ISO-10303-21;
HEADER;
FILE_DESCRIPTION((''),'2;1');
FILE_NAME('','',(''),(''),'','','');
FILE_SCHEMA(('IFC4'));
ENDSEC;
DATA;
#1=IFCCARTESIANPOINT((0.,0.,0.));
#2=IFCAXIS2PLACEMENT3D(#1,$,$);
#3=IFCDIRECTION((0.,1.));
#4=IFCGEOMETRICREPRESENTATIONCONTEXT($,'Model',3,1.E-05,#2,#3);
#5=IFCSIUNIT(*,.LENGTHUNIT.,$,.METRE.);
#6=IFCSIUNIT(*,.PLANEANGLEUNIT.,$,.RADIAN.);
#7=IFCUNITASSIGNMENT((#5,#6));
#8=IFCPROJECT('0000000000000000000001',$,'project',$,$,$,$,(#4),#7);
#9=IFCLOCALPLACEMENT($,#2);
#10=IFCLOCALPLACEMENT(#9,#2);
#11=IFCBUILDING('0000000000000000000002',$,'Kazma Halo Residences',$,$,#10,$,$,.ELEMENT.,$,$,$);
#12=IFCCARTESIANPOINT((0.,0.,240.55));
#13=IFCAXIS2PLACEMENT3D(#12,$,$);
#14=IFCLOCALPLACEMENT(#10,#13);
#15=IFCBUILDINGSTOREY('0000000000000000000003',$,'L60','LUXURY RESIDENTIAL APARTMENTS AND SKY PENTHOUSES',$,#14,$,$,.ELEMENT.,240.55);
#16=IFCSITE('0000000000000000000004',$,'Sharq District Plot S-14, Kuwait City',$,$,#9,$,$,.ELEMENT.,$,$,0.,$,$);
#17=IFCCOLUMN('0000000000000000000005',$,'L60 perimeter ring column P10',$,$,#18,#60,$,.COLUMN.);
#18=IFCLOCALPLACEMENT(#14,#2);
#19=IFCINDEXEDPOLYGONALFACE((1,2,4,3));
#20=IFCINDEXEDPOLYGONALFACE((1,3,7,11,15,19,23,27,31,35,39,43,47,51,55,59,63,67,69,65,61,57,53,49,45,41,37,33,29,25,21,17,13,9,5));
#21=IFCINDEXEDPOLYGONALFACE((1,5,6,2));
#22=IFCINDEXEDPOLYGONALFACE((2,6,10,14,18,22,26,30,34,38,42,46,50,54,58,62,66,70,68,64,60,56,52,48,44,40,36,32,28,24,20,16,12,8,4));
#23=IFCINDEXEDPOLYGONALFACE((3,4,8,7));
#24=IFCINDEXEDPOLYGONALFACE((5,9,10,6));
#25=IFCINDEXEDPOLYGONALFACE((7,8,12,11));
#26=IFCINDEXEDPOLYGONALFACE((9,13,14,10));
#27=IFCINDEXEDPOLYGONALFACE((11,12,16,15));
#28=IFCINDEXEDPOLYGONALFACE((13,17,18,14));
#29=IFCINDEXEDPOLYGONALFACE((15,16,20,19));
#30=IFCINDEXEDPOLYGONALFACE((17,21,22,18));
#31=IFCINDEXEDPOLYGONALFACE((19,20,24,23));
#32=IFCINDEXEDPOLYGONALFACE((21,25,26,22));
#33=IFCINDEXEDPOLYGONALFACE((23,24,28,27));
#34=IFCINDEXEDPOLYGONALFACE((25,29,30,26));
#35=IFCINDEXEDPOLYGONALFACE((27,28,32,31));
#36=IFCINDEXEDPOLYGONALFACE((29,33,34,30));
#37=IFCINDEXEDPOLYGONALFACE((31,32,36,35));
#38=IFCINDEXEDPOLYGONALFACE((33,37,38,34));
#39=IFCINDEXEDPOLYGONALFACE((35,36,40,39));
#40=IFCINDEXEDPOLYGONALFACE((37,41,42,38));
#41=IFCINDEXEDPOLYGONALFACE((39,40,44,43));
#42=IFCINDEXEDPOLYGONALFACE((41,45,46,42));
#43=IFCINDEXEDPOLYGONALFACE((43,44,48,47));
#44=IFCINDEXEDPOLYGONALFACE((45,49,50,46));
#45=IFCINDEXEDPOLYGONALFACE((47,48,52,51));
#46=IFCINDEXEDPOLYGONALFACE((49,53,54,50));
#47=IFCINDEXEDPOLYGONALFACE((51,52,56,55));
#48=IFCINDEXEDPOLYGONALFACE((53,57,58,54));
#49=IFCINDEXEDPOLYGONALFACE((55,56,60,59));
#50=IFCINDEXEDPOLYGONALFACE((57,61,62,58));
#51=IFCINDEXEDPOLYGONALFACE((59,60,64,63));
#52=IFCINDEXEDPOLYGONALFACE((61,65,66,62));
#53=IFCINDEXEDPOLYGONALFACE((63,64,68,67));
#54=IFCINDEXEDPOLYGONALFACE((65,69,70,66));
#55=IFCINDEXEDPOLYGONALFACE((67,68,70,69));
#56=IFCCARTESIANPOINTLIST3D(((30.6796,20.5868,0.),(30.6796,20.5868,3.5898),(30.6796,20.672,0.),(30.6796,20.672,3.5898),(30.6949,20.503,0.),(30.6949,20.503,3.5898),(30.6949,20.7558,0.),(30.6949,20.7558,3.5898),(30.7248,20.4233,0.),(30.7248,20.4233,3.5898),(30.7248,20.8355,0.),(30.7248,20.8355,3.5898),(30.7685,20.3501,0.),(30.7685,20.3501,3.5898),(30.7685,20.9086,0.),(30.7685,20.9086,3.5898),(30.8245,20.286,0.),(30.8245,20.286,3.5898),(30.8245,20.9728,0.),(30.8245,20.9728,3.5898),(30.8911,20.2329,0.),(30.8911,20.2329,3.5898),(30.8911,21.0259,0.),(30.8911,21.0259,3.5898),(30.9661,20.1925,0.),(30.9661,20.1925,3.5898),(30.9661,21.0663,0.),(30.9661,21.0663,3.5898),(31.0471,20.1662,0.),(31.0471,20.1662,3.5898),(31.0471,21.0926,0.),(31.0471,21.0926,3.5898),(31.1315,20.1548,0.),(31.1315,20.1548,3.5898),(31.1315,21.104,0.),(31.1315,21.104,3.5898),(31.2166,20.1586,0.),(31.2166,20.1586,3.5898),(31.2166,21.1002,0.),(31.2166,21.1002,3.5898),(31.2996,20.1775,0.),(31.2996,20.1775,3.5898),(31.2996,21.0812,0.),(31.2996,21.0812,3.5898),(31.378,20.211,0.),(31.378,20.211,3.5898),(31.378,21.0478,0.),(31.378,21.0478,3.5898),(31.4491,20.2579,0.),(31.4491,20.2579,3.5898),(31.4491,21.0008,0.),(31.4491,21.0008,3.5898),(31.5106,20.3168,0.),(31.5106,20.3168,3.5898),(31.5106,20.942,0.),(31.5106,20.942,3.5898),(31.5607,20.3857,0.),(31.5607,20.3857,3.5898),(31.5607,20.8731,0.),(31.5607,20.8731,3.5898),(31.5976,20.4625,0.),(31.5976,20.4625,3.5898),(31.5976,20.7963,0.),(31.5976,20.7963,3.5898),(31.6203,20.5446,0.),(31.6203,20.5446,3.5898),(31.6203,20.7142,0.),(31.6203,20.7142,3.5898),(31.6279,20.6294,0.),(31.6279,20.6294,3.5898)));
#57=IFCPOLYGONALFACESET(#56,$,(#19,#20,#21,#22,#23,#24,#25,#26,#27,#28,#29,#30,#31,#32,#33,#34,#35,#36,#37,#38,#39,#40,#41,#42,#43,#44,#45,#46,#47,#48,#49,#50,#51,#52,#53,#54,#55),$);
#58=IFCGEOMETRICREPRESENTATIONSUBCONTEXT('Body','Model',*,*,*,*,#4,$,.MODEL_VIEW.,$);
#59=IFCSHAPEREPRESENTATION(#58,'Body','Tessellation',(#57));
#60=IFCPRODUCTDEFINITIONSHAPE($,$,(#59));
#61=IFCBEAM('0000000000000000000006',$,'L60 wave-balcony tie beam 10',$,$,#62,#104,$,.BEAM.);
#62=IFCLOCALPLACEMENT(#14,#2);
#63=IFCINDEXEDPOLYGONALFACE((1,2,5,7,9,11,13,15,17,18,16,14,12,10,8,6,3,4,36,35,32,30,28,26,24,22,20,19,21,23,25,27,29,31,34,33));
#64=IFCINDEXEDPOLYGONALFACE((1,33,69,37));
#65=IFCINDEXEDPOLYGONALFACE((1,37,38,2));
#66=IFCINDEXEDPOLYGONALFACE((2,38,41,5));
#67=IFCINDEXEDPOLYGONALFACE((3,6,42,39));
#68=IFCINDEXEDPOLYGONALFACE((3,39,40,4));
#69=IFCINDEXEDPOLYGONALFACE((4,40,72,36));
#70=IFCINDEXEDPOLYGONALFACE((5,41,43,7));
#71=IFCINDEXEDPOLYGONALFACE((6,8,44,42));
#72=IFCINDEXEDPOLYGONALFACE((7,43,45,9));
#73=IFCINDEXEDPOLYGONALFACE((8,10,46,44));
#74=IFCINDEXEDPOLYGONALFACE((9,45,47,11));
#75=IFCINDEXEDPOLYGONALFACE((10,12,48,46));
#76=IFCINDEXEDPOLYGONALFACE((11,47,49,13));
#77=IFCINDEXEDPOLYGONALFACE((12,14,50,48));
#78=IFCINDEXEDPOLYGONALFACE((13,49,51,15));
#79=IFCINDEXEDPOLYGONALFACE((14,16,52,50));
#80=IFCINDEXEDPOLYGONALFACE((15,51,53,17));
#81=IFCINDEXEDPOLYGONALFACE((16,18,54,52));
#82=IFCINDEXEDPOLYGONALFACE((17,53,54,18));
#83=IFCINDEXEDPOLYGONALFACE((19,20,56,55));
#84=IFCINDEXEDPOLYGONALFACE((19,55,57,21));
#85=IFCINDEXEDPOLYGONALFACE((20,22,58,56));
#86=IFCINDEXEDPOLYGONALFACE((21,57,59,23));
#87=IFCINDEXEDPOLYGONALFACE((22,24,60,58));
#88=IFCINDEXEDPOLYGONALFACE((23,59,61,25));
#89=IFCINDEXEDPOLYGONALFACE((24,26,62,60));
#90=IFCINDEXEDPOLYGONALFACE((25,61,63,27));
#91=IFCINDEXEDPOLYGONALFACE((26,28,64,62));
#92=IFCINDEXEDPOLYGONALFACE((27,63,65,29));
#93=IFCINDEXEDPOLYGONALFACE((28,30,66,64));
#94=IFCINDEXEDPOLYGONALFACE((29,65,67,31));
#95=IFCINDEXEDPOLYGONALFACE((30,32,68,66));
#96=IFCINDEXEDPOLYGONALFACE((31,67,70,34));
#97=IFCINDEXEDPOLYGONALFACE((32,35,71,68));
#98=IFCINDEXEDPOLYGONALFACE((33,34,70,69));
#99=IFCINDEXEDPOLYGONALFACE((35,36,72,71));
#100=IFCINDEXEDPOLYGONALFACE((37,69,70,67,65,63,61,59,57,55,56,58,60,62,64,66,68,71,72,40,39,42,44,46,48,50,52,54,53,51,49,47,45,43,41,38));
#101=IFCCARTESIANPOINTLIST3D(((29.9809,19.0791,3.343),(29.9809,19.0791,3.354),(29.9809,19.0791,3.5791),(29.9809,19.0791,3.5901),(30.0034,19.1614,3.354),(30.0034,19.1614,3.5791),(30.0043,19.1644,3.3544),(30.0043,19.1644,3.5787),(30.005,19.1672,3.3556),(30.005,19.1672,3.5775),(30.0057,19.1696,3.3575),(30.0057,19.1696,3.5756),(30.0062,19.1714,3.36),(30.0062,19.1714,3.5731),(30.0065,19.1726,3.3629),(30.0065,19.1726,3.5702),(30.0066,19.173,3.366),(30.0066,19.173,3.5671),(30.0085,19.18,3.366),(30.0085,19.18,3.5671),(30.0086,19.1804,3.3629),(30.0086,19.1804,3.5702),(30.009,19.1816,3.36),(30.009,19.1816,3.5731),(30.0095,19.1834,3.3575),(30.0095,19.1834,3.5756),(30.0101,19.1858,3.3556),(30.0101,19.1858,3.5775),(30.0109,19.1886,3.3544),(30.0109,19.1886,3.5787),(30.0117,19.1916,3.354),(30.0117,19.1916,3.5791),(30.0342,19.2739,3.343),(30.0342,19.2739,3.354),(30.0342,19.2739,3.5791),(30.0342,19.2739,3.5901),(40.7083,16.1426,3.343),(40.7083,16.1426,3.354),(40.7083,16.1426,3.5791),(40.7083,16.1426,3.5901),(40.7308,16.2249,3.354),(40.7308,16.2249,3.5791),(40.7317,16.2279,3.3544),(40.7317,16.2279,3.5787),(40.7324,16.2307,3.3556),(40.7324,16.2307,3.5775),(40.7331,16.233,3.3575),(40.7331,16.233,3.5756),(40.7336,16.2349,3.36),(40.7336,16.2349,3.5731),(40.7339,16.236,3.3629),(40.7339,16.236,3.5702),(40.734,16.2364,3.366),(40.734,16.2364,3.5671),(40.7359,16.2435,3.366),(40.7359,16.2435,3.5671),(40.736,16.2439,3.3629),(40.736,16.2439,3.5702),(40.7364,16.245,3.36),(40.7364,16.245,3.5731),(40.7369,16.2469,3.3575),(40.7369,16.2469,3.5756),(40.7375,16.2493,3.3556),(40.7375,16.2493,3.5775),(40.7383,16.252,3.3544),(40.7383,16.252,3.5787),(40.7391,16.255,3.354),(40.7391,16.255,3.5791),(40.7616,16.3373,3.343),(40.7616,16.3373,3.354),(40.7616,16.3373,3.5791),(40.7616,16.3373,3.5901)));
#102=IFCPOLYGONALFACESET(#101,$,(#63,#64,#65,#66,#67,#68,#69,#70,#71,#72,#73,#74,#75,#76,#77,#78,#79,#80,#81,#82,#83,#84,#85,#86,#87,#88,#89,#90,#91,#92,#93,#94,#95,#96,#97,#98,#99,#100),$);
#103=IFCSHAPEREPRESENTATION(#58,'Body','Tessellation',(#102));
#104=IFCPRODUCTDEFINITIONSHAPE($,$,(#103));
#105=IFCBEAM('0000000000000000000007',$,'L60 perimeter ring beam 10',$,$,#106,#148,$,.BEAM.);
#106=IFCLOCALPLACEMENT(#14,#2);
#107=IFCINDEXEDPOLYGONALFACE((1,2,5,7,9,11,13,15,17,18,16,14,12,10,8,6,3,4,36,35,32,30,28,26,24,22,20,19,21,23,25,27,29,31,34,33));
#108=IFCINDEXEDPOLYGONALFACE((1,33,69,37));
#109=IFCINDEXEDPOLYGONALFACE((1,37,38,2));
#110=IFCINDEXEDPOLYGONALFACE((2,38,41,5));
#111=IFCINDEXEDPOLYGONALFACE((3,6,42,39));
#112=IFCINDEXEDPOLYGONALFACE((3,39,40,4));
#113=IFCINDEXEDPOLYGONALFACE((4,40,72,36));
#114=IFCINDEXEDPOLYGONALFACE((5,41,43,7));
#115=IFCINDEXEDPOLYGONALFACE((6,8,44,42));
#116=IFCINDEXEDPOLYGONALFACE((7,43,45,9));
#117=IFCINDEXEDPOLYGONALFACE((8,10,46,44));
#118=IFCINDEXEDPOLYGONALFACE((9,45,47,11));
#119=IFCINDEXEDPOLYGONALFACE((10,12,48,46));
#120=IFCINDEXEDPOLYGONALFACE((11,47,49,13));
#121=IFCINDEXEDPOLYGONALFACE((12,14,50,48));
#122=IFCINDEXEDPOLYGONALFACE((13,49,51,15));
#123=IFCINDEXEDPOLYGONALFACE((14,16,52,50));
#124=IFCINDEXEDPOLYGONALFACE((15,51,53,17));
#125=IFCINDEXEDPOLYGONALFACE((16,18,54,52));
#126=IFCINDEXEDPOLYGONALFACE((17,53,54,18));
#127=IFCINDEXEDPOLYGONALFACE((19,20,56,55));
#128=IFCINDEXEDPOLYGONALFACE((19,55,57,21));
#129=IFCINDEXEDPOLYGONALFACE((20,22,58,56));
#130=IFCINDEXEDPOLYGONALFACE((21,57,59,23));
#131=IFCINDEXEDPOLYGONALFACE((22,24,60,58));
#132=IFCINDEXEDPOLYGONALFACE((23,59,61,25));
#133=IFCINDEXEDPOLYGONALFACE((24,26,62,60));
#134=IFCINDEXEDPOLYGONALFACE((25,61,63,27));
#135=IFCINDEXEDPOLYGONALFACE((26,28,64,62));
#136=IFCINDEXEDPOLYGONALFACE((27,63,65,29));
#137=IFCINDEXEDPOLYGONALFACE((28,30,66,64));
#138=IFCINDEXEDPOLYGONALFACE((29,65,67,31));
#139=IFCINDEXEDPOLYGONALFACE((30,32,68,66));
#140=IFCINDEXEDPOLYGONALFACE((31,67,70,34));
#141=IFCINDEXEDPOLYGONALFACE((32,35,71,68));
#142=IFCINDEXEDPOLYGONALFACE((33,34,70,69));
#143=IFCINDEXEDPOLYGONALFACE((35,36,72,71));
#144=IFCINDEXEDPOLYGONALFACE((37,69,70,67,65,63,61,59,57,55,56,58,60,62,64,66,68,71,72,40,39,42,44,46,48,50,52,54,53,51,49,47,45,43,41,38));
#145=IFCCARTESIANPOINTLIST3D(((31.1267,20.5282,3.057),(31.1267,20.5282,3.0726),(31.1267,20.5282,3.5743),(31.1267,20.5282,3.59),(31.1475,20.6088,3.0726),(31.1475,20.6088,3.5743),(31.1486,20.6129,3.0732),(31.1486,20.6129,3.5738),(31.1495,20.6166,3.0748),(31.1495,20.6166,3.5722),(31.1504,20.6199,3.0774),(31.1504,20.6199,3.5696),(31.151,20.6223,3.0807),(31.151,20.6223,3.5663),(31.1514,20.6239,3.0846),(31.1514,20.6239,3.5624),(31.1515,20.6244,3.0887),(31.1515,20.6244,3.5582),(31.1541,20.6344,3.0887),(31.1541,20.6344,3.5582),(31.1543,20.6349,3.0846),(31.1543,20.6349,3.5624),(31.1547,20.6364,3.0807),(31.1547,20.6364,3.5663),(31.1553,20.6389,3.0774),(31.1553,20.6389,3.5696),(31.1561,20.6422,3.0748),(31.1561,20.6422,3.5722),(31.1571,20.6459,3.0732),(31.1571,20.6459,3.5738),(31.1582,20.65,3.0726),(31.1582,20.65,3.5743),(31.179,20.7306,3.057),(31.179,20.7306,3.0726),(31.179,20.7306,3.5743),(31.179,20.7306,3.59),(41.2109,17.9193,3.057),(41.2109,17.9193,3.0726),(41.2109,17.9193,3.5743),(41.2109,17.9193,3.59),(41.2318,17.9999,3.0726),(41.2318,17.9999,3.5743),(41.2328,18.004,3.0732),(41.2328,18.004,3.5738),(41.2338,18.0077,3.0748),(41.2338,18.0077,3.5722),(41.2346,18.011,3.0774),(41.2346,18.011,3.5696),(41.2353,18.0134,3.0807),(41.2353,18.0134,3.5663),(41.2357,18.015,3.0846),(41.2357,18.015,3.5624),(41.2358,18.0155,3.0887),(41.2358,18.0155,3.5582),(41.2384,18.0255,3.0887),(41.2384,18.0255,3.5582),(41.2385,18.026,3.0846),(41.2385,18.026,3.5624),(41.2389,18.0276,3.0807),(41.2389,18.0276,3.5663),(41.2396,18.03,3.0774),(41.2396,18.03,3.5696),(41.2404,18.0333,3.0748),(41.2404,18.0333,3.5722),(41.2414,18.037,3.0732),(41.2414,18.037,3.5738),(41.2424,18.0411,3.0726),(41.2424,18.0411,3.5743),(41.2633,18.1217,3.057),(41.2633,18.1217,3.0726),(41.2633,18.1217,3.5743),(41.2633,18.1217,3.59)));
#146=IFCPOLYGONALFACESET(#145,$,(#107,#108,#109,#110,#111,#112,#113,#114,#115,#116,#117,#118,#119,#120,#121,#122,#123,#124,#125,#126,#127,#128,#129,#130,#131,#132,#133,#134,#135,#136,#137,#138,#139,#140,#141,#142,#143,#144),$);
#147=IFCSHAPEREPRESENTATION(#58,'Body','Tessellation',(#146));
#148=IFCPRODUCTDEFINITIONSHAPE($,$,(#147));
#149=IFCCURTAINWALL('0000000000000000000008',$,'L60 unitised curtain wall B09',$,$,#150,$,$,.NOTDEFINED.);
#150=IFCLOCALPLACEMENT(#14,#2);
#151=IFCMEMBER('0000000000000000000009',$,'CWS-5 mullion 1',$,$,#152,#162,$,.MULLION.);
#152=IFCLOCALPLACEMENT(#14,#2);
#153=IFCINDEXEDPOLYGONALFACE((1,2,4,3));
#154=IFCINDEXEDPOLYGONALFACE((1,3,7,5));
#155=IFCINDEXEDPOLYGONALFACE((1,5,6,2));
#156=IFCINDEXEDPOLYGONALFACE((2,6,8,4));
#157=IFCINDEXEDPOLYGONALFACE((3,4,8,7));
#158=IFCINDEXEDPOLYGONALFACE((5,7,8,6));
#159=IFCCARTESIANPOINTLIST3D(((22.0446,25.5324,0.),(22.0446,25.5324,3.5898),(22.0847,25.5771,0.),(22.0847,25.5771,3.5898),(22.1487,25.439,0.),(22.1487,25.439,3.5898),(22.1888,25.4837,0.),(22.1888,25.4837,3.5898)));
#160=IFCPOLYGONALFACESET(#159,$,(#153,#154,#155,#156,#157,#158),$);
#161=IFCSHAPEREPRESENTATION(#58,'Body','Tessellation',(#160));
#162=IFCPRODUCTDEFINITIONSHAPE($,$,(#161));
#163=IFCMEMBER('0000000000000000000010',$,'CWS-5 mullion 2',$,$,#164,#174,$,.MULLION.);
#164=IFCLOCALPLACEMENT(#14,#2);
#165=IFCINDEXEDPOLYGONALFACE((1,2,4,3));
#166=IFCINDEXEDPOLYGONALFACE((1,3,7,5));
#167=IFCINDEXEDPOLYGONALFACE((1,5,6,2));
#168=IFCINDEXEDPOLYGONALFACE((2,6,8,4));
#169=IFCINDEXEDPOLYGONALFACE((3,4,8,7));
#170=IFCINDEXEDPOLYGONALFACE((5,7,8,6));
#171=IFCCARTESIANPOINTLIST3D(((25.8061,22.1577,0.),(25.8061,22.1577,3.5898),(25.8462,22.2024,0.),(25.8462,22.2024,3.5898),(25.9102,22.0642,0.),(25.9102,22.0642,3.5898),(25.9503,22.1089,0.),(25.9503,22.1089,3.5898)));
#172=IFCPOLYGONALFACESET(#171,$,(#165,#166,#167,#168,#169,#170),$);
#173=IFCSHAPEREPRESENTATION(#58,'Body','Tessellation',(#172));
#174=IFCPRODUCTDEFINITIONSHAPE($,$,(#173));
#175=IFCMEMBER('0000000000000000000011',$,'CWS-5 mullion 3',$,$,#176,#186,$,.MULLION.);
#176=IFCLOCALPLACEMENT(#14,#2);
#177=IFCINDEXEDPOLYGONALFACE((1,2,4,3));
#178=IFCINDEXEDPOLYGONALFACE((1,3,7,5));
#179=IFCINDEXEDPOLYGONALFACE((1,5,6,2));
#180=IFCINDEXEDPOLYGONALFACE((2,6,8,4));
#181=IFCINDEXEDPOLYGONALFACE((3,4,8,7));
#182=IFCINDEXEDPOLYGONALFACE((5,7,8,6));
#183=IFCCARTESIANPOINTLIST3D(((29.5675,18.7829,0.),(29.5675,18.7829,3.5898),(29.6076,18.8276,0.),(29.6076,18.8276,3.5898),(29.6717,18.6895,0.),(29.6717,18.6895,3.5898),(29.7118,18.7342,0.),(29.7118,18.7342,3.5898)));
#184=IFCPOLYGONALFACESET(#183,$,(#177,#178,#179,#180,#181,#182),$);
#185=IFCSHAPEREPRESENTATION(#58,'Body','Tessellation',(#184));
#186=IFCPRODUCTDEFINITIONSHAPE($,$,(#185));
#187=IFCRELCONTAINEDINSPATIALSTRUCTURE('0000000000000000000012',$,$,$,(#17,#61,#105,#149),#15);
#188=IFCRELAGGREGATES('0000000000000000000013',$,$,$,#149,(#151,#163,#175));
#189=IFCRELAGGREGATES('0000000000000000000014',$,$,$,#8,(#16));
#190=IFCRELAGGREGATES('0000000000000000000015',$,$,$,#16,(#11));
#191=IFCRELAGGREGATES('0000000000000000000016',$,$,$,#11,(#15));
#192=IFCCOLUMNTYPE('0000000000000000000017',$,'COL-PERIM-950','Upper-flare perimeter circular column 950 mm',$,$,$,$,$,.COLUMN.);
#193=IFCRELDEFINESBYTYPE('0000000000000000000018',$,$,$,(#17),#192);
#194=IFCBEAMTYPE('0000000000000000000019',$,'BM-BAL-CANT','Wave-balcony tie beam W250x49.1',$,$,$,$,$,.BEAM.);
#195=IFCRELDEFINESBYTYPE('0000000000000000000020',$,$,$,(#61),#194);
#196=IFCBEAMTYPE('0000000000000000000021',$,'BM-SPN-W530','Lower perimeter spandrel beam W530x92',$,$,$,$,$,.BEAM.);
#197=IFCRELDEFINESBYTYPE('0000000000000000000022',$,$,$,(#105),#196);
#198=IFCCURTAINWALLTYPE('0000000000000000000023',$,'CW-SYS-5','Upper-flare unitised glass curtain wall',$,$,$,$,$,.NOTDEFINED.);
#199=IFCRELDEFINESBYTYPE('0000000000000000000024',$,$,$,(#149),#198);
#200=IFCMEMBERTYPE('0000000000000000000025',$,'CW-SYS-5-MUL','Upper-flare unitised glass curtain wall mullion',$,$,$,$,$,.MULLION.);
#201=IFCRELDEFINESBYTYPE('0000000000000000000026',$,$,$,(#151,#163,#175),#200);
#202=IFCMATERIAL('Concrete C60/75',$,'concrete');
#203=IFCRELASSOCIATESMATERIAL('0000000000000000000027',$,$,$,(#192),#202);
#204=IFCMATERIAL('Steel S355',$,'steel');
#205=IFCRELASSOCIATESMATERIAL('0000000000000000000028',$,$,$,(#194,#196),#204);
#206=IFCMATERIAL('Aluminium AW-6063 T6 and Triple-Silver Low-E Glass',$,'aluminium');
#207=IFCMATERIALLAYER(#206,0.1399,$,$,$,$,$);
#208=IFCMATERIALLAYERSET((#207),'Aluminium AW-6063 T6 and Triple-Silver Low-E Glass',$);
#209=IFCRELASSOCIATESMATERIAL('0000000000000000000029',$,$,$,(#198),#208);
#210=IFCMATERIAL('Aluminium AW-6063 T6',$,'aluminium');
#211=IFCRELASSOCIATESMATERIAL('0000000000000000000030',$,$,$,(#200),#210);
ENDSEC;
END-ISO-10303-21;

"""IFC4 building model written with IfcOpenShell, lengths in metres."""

from ifc_helpers import new_model, si_unit, direction, frame, origin, origin_2d, place, context, subcontext, project, spatial, rectangle, circle, i_section, extrude, material, layer, layer_set, material_profile, profile_set, type_object, element, aggregate, save


model = new_model("IFC4")

# Units and contexts
model_context = context("Model", 3, precision=1e-05, world=origin(), true_north=direction((0.0, 1.0)))
body_context = subcontext(model_context, "Body", "Model", "MODEL_VIEW")
ifc_project = project(units=[si_unit("LENGTHUNIT", "METRE"), si_unit("PLANEANGLEUNIT", "RADIAN")], contexts=[model_context])

# Site, building, storey
site_placement = place(None, origin())
site = spatial("IfcSite", under=ifc_project, at=site_placement, Name="Sharq District Plot S-14, Kuwait City", CompositionType="ELEMENT", RefElevation=0.0)
building_placement = place(site_placement, origin())
building = spatial("IfcBuilding", under=site, at=building_placement, Name="Kazma Halo Residences", CompositionType="ELEMENT")
storey_placement = place(building_placement, frame((0.0, 0.0, 240.55)))
storey = spatial("IfcBuildingStorey", under=building, at=storey_placement, Name="L60", Description="LUXURY RESIDENTIAL APARTMENTS AND SKY PENTHOUSES", CompositionType="ELEMENT", Elevation=240.55)

# Column
ifc_material_1 = material(Name="Concrete C60/75", Category="concrete")
ifc_material_profile_1 = material_profile(ifc_material_1, circle(Radius=0.4751, at=origin_2d()), Name="CIRC950")
ifc_profile_set_1 = profile_set([ifc_material_profile_1], Name="Concrete C60/75")
column_type = type_object("IfcColumnType", Name="COL-PERIM-950", Description="Upper-flare perimeter circular column 950 mm", PredefinedType="COLUMN", material=ifc_profile_set_1)
column_placement = place(storey_placement, frame((31.1528, 20.6294, 0.0), z_axis=(0.0, 0.0, 1.0), x_axis=(1.0, 0.0, 0.0)))
element("IfcColumn", 1, at=column_placement, inside=storey, type_object=column_type, Name="L60 perimeter ring column P10", PredefinedType="COLUMN", context=body_context, shape_type="SweptSolid", body=[
    extrude(circle(Radius=0.4751, at=origin_2d()), origin(), (0.0, 0.0, 1.0), 3.5898),
])

# Beams
ifc_material_2 = material(Name="Steel S355", Category="steel")
ifc_material_profile_2 = material_profile(ifc_material_2, i_section(OverallWidth=0.2019, OverallDepth=0.2471, WebThickness=0.0073, FlangeThickness=0.011, FilletRadius=0.012, at=origin_2d()), Name="W250x49.1")
ifc_profile_set_2 = profile_set([ifc_material_profile_2], Name="Steel S355")
beam_type_1 = type_object("IfcBeamType", Name="BM-BAL-CANT", Description="Wave-balcony tie beam W250x49.1", PredefinedType="BEAM", material=ifc_profile_set_2)
beam_1_placement = place(storey_placement, frame((30.0076, 19.1765, 3.4666), z_axis=(0.964515, -0.264029, 0.0), x_axis=(0.264029, 0.964515, 0.0)))
element("IfcBeam", 2, at=beam_1_placement, inside=storey, type_object=beam_type_1, Name="L60 wave-balcony tie beam 10", PredefinedType="BEAM", context=body_context, shape_type="SweptSolid", body=[
    extrude(i_section(OverallWidth=0.2019, OverallDepth=0.2471, WebThickness=0.0073, FlangeThickness=0.011, FilletRadius=0.012, at=origin_2d()), origin(), (0.0, 0.0, 1.0), 11.1221),
])
ifc_material_profile_3 = material_profile(ifc_material_2, i_section(OverallWidth=0.209, OverallDepth=0.533, WebThickness=0.0103, FlangeThickness=0.0156, FilletRadius=0.0161, at=origin_2d()), Name="W530x92")
ifc_profile_set_3 = profile_set([ifc_material_profile_3], Name="Steel S355")
beam_type_2 = type_object("IfcBeamType", Name="BM-SPN-W530", Description="Lower perimeter spandrel beam W530x92", PredefinedType="BEAM", material=ifc_profile_set_3)
beam_2_placement = place(storey_placement, frame((31.1528, 20.6294, 3.3235), z_axis=(0.968126, -0.250464, 0.0), x_axis=(0.250464, 0.968126, 0.0)))
element("IfcBeam", 3, at=beam_2_placement, inside=storey, type_object=beam_type_2, Name="L60 perimeter ring beam 10", PredefinedType="BEAM", context=body_context, shape_type="SweptSolid", body=[
    extrude(i_section(OverallWidth=0.209, OverallDepth=0.533, WebThickness=0.0103, FlangeThickness=0.0156, FilletRadius=0.0161, at=origin_2d()), origin(), (0.0, 0.0, 1.0), 10.4163),
])

# Curtain wall, members
ifc_material_3 = material(Name="Aluminium AW-6063 T6 and Triple-Silver Low-E Glass", Category="aluminium")
ifc_layer_1 = layer(ifc_material_3, 0.1399)
ifc_layer_set_1 = layer_set([ifc_layer_1], Name="Aluminium AW-6063 T6 and Triple-Silver Low-E Glass")
curtain_wall_type = type_object("IfcCurtainWallType", Name="CW-SYS-5", Description="Upper-flare unitised glass curtain wall", PredefinedType="NOTDEFINED", material=ifc_layer_set_1)
curtain_wall_placement = place(storey_placement, origin())
curtain_wall = element("IfcCurtainWall", 4, at=curtain_wall_placement, inside=storey, type_object=curtain_wall_type, Name="L60 unitised curtain wall B09", PredefinedType="NOTDEFINED")
ifc_material_4 = material(Name="Aluminium AW-6063 T6", Category="aluminium")
ifc_material_profile_4 = material_profile(ifc_material_4, rectangle(XDim=0.0601, YDim=0.1399, at=origin_2d()), Name="CWM-60x140")
ifc_profile_set_4 = profile_set([ifc_material_profile_4], Name="Aluminium AW-6063 T6")
member_type_1 = type_object("IfcMemberType", Name="CW-SYS-5-MUL", Description="Upper-flare unitised glass curtain wall mullion", PredefinedType="MULLION", material=ifc_profile_set_4)
member_1_placement = place(storey_placement, frame((22.1167, 25.5081, 0.0), z_axis=(0.0, 0.0, 1.0), x_axis=(0.667805, 0.744336, 0.0)))
member_1 = element("IfcMember", 5, at=member_1_placement, type_object=member_type_1, Name="CWS-5 mullion 1", PredefinedType="MULLION", context=body_context, shape_type="SweptSolid", body=[
    extrude(rectangle(XDim=0.0601, YDim=0.1399, at=origin_2d()), origin(), (0.0, 0.0, 1.0), 3.5898),
])
member_2_placement = place(storey_placement, frame((25.8782, 22.1333, 0.0), z_axis=(0.0, 0.0, 1.0), x_axis=(0.667805, 0.744336, 0.0)))
member_2 = element("IfcMember", 6, at=member_2_placement, type_object=member_type_1, Name="CWS-5 mullion 2", PredefinedType="MULLION", context=body_context, shape_type="SweptSolid", body=[
    extrude(rectangle(XDim=0.0601, YDim=0.1399, at=origin_2d()), origin(), (0.0, 0.0, 1.0), 3.5898),
])
member_3_placement = place(storey_placement, frame((29.6396, 18.7585, 0.0), z_axis=(0.0, 0.0, 1.0), x_axis=(0.667805, 0.744336, 0.0)))
member_3 = element("IfcMember", 7, at=member_3_placement, type_object=member_type_1, Name="CWS-5 mullion 3", PredefinedType="MULLION", context=body_context, shape_type="SweptSolid", body=[
    extrude(rectangle(XDim=0.0601, YDim=0.1399, at=origin_2d()), origin(), (0.0, 0.0, 1.0), 3.5898),
])
aggregate(curtain_wall, [member_1, member_2, member_3])

save(model, "model.ifc")
